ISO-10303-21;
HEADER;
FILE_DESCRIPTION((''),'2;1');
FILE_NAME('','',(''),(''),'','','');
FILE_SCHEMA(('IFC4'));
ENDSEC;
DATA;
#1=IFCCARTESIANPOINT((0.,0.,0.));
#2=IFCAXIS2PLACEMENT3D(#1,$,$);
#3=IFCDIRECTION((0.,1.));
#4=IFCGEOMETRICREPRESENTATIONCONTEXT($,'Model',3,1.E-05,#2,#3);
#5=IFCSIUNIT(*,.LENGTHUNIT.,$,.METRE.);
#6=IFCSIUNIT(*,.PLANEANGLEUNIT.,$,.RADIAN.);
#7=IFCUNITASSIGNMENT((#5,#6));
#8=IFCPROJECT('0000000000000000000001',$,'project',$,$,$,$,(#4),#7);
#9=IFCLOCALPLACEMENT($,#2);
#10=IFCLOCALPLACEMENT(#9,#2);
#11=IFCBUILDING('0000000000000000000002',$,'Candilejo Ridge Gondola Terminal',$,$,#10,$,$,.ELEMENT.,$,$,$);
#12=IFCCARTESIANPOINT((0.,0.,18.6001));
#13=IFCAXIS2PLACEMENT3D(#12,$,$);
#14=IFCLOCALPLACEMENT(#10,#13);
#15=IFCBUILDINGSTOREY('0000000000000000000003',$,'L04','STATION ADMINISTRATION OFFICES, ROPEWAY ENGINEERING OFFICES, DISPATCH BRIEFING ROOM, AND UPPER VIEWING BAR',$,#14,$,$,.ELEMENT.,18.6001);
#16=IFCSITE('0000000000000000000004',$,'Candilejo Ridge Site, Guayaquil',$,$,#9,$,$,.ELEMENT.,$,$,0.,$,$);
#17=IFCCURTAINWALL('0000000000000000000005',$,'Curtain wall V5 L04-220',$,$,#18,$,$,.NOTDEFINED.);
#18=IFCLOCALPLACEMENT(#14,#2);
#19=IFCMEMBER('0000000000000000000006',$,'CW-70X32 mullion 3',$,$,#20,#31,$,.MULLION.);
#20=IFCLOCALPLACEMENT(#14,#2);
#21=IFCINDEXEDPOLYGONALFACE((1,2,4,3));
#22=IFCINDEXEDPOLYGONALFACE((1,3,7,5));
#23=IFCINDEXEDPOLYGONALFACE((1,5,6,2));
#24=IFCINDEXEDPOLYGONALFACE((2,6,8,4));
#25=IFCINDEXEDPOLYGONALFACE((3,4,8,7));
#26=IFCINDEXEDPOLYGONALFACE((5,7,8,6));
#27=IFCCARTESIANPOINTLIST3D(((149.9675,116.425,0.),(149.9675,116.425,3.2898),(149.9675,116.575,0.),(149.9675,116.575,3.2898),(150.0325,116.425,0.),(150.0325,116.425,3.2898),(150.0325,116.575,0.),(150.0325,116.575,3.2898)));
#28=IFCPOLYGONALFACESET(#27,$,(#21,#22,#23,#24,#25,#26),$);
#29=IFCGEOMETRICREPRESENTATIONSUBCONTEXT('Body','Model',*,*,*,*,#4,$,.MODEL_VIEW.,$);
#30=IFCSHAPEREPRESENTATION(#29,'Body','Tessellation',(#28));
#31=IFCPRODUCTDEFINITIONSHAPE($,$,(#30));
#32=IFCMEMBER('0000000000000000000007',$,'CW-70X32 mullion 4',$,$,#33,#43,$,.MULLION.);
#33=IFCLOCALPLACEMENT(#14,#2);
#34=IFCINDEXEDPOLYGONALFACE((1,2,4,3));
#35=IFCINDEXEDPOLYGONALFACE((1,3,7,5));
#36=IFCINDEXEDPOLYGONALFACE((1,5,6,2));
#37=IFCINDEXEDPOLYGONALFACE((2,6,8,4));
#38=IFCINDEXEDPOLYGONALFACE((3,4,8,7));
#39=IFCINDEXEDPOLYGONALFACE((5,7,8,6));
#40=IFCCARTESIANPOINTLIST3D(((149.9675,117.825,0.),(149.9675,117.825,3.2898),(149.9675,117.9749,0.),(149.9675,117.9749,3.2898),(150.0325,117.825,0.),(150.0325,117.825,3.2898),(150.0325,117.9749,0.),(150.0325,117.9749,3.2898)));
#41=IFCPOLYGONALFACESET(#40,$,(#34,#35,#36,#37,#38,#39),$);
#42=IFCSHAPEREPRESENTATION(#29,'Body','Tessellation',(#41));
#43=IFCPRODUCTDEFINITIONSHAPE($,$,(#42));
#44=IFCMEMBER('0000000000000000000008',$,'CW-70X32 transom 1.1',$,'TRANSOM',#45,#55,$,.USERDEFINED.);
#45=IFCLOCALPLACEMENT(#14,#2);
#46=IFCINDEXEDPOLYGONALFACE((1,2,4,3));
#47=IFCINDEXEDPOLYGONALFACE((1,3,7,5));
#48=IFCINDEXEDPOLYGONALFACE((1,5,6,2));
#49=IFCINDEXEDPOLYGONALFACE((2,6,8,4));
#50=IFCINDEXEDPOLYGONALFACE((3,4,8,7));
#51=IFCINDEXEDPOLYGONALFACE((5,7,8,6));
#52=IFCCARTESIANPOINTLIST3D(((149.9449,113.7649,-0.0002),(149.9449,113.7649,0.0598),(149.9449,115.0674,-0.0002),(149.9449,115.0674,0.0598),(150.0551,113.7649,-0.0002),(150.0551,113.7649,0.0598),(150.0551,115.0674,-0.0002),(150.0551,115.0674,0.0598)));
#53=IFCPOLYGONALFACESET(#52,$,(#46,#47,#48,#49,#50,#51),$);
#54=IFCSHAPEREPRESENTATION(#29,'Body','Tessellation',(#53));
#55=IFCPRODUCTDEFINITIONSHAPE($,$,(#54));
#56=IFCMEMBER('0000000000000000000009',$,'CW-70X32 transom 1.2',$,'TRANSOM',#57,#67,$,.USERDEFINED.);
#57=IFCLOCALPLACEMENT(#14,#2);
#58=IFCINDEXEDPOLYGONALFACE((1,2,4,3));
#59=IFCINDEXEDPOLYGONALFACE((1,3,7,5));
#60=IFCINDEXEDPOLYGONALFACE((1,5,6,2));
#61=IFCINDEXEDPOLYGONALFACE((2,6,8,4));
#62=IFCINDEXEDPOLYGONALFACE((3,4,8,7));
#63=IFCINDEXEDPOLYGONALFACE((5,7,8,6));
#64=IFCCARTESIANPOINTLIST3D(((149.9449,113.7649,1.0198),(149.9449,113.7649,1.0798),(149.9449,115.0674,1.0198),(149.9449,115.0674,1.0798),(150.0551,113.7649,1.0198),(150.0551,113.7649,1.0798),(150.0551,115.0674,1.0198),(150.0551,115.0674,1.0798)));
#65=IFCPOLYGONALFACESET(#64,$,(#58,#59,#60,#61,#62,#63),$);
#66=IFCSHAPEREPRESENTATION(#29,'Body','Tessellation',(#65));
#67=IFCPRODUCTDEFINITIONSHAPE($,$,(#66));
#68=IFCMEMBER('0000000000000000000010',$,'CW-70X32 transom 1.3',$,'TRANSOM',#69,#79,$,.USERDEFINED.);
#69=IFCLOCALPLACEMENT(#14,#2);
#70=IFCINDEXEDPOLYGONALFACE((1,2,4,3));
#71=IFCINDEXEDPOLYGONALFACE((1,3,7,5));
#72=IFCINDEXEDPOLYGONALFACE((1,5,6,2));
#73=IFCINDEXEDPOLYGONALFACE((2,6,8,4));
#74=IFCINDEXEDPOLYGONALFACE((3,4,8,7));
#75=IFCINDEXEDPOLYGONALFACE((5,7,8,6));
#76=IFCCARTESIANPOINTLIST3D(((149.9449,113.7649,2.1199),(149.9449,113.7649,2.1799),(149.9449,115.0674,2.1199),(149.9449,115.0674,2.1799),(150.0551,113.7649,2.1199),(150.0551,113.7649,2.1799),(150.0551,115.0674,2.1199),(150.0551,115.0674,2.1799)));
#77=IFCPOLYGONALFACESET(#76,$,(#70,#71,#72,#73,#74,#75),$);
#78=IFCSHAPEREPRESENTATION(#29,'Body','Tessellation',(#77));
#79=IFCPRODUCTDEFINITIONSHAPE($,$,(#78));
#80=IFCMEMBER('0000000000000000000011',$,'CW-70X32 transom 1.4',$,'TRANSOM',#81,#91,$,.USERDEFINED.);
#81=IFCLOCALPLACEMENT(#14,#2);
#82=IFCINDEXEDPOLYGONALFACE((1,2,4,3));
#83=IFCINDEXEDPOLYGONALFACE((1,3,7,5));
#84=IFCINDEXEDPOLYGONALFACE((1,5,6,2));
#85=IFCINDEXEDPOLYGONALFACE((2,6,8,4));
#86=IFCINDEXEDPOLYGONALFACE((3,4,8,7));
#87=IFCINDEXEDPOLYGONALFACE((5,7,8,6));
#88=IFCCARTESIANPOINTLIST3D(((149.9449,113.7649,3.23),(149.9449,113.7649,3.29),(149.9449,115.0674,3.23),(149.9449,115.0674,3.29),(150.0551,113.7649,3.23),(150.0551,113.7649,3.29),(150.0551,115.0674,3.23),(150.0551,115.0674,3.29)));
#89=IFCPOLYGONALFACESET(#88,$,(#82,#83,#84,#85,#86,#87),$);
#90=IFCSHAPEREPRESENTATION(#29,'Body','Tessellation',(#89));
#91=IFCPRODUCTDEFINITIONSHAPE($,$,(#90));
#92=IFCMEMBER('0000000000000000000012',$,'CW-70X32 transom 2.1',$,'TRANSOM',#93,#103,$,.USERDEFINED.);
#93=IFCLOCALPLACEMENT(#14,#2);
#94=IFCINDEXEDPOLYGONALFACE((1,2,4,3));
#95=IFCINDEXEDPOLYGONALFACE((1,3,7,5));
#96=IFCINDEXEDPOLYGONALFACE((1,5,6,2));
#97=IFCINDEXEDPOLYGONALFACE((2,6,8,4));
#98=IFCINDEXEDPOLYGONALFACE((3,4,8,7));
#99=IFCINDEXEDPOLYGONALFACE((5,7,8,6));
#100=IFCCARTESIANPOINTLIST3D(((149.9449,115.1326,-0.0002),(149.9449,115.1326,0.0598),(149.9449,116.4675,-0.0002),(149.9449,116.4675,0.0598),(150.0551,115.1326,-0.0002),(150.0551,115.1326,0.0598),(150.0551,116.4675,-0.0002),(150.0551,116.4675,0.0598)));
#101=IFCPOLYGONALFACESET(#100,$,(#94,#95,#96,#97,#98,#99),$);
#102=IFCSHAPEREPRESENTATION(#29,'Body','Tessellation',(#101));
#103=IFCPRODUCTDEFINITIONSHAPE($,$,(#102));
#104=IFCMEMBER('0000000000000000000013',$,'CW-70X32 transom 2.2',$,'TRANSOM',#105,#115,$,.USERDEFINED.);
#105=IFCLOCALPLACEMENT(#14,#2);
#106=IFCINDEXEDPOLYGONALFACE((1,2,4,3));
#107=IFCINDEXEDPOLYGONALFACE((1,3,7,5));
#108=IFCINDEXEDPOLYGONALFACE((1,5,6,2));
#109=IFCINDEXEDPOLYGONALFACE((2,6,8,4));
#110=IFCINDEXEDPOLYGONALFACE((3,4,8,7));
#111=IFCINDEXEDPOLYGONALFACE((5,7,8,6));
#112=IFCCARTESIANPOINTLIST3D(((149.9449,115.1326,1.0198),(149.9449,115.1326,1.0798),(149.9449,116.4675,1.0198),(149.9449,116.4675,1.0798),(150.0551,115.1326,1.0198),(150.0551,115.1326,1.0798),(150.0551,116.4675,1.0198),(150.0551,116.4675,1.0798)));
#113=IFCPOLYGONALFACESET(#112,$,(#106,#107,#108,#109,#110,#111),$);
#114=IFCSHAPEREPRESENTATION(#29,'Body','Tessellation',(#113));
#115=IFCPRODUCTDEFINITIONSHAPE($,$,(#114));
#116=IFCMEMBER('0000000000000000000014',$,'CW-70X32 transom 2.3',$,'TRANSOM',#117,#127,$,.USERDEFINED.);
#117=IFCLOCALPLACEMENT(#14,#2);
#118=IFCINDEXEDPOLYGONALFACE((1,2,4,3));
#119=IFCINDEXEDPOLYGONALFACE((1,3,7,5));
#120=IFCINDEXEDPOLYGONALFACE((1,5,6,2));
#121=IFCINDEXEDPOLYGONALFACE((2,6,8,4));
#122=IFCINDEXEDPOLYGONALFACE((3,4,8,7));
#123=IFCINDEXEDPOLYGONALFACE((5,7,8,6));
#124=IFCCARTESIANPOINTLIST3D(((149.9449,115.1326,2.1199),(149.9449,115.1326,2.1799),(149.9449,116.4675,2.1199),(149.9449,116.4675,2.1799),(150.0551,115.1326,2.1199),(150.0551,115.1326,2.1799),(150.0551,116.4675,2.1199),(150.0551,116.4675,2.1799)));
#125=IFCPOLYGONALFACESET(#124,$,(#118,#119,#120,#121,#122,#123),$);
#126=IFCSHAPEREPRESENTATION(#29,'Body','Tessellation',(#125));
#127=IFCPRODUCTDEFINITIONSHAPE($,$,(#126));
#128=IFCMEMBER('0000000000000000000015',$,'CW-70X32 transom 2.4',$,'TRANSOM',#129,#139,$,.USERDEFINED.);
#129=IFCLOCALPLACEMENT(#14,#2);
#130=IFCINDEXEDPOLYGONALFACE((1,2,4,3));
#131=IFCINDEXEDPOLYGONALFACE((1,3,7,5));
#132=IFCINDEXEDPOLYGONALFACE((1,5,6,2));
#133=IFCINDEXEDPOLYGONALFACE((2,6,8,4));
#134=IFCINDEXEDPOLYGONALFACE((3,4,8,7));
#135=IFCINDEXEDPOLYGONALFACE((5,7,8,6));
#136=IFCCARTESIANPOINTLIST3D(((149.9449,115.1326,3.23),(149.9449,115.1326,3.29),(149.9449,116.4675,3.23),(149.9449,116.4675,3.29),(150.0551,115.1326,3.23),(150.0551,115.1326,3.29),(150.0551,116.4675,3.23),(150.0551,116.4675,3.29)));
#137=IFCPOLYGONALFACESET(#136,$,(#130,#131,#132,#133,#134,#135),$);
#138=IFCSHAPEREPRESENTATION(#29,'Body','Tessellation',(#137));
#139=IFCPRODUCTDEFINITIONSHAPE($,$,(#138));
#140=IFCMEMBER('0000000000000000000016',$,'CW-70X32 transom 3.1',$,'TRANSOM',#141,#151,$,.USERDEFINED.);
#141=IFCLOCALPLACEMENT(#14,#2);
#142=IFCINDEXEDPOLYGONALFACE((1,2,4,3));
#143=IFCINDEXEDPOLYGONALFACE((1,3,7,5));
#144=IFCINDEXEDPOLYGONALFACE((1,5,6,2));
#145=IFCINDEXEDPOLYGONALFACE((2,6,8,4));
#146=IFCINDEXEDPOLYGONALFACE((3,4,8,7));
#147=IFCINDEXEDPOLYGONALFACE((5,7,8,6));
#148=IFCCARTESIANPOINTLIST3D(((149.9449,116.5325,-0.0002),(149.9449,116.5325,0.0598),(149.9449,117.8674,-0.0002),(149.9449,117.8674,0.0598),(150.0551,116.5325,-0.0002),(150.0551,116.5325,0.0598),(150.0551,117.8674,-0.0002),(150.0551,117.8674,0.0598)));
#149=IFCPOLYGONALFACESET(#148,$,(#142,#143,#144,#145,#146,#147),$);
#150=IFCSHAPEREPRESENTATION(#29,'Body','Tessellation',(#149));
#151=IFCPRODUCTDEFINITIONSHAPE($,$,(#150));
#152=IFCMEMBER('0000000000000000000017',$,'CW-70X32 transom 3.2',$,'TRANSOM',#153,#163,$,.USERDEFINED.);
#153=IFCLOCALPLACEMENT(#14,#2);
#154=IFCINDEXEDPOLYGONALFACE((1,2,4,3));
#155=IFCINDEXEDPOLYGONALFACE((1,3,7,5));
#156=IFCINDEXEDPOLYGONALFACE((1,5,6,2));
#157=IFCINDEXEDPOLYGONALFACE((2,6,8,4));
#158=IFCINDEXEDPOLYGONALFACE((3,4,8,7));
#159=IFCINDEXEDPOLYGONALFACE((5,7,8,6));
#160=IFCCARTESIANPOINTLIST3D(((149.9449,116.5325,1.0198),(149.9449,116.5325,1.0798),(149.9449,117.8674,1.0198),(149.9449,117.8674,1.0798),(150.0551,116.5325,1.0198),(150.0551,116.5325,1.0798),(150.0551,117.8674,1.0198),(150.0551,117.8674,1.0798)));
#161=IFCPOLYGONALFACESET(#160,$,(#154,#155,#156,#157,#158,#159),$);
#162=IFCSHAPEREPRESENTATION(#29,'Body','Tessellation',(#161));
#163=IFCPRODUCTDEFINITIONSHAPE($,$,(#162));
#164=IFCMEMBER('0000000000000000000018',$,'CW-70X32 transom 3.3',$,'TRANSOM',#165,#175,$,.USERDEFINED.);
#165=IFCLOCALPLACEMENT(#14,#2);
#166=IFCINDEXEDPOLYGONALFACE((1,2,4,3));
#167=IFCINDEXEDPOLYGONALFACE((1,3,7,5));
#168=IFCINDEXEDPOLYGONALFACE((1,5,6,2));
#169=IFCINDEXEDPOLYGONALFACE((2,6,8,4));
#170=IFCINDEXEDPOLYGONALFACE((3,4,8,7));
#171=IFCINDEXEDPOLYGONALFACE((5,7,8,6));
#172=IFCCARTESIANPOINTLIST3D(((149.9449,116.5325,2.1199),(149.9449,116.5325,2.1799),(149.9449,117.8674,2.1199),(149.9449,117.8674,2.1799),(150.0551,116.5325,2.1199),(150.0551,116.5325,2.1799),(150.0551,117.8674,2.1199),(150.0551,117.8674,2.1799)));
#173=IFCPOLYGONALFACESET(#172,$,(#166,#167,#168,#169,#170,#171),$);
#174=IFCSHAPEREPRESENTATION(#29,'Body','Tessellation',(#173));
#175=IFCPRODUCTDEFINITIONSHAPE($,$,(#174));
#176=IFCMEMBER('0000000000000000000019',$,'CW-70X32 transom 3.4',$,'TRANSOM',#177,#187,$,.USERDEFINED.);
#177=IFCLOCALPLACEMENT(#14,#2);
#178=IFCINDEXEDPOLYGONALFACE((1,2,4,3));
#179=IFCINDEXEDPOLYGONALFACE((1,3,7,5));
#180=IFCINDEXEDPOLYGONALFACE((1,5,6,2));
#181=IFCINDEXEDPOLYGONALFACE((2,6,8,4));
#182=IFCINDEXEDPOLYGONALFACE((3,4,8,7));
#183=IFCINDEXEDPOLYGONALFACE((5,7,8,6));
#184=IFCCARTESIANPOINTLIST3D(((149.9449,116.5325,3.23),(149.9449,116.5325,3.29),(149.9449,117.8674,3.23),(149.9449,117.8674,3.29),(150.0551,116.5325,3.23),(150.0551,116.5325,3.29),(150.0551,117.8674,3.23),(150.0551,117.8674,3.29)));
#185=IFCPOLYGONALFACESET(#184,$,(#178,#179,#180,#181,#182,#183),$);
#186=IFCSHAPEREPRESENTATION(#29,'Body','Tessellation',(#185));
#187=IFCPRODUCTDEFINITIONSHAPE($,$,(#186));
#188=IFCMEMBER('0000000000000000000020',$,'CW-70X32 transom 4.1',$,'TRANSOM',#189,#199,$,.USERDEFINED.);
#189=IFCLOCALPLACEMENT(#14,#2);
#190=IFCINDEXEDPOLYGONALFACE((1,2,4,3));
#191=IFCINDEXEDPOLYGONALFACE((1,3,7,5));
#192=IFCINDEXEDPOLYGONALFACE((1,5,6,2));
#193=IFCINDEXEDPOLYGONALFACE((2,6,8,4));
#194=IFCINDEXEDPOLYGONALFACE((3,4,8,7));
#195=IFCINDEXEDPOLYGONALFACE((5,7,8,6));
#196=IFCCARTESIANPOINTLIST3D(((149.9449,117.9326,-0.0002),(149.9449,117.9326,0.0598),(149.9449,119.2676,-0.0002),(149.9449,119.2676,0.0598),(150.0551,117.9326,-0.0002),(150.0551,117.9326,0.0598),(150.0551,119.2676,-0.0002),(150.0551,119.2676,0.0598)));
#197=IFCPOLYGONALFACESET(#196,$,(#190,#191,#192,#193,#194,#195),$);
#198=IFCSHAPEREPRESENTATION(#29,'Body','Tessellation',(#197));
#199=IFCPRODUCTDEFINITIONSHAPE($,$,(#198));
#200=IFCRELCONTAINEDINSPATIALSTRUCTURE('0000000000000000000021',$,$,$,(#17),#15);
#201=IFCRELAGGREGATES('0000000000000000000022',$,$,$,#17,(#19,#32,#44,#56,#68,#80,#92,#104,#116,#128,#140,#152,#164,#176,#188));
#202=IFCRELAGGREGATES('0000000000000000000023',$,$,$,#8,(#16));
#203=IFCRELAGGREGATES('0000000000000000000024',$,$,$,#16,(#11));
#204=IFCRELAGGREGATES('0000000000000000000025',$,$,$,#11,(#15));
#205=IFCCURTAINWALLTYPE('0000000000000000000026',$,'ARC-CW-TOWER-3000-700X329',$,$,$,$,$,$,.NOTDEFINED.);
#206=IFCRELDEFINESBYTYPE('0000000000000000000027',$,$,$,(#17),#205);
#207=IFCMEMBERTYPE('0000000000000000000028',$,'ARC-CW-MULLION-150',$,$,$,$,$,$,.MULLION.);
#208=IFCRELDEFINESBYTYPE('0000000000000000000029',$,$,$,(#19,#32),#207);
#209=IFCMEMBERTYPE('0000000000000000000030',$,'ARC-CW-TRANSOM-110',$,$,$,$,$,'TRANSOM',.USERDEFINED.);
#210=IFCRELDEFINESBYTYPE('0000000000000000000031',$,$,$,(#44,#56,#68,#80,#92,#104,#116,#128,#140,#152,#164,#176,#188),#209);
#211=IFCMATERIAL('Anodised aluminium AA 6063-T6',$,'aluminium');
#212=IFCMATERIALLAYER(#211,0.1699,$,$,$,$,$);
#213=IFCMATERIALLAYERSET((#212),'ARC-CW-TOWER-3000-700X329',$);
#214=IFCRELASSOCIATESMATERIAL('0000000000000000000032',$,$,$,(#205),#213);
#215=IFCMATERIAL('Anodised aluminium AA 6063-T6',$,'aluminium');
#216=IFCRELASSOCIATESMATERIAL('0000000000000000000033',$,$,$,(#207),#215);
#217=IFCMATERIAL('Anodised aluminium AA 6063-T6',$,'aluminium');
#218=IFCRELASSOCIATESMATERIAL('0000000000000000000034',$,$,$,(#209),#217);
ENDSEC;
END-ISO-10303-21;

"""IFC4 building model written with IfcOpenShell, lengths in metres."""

from ifc_helpers import new_model, si_unit, direction, frame, origin, origin_2d, place, context, subcontext, project, spatial, rectangle, extrude, material, layer, layer_set, material_profile, profile_set, type_object, element, aggregate, save


model = new_model("IFC4")

# Units and contexts
model_context = context("Model", 3, precision=1e-05, world=origin(), true_north=direction((0.0, 1.0)))
body_context = subcontext(model_context, "Body", "Model", "MODEL_VIEW")
ifc_project = project(units=[si_unit("LENGTHUNIT", "METRE"), si_unit("PLANEANGLEUNIT", "RADIAN")], contexts=[model_context])

# Site, building, storey
site_placement = place(None, origin())
site = spatial("IfcSite", under=ifc_project, at=site_placement, Name="Candilejo Ridge Site, Guayaquil", CompositionType="ELEMENT", RefElevation=0.0)
building_placement = place(site_placement, origin())
building = spatial("IfcBuilding", under=site, at=building_placement, Name="Candilejo Ridge Gondola Terminal", CompositionType="ELEMENT")
storey_placement = place(building_placement, frame((0.0, 0.0, 18.6001)))
storey = spatial("IfcBuildingStorey", under=building, at=storey_placement, Name="L04", Description="STATION ADMINISTRATION OFFICES, ROPEWAY ENGINEERING OFFICES, DISPATCH BRIEFING ROOM, AND UPPER VIEWING BAR", CompositionType="ELEMENT", Elevation=18.6001)

# Curtain wall, members
ifc_material_1 = material(Name="Anodised aluminium AA 6063-T6", Category="aluminium")
ifc_layer_1 = layer(ifc_material_1, 0.1699)
ifc_layer_set_1 = layer_set([ifc_layer_1], Name="ARC-CW-TOWER-3000-700X329")
curtain_wall_type = type_object("IfcCurtainWallType", Name="ARC-CW-TOWER-3000-700X329", PredefinedType="NOTDEFINED", material=ifc_layer_set_1)
curtain_wall_placement = place(storey_placement, origin())
curtain_wall = element("IfcCurtainWall", 1, at=curtain_wall_placement, inside=storey, type_object=curtain_wall_type, Name="Curtain wall V5 L04-220", PredefinedType="NOTDEFINED")
ifc_material_2 = material(Name="Anodised aluminium AA 6063-T6", Category="aluminium")
ifc_material_profile_1 = material_profile(ifc_material_2, rectangle(XDim=0.0649, YDim=0.1499, at=origin_2d()))
ifc_profile_set_1 = profile_set([ifc_material_profile_1], Name="Anodised aluminium AA 6063-T6")
member_type_1 = type_object("IfcMemberType", Name="ARC-CW-MULLION-150", PredefinedType="MULLION", material=ifc_profile_set_1)
member_1_placement = place(storey_placement, frame((150.0, 116.5, 0.0), z_axis=(0.0, 0.0, 1.0), x_axis=(-1.0, 0.0, 0.0)))
member_1 = element("IfcMember", 2, at=member_1_placement, type_object=member_type_1, Name="CW-70X32 mullion 3", PredefinedType="MULLION", context=body_context, shape_type="SweptSolid", body=[
    extrude(rectangle(XDim=0.0649, YDim=0.1499, at=origin_2d()), origin(), (0.0, 0.0, 1.0), 3.2898),
])
member_2_placement = place(storey_placement, frame((150.0, 117.8999, 0.0), z_axis=(0.0, 0.0, 1.0), x_axis=(-1.0, 0.0, 0.0)))
member_2 = element("IfcMember", 3, at=member_2_placement, type_object=member_type_1, Name="CW-70X32 mullion 4", PredefinedType="MULLION", context=body_context, shape_type="SweptSolid", body=[
    extrude(rectangle(XDim=0.0649, YDim=0.1499, at=origin_2d()), origin(), (0.0, 0.0, 1.0), 3.2898),
])
ifc_material_3 = material(Name="Anodised aluminium AA 6063-T6", Category="aluminium")
ifc_material_profile_2 = material_profile(ifc_material_3, rectangle(XDim=0.1101, YDim=0.0601, at=origin_2d()))
ifc_profile_set_2 = profile_set([ifc_material_profile_2], Name="Anodised aluminium AA 6063-T6")
member_type_2 = type_object("IfcMemberType", Name="ARC-CW-TRANSOM-110", ElementType="TRANSOM", PredefinedType="USERDEFINED", material=ifc_profile_set_2)
member_3_placement = place(storey_placement, frame((150.0, 113.7649, 0.0298), z_axis=(0.0, 1.0, 0.0), x_axis=(-1.0, 0.0, 0.0)))
member_3 = element("IfcMember", 4, at=member_3_placement, type_object=member_type_2, Name="CW-70X32 transom 1.1", ObjectType="TRANSOM", PredefinedType="USERDEFINED", context=body_context, shape_type="SweptSolid", body=[
    extrude(rectangle(XDim=0.1101, YDim=0.0601, at=origin_2d()), origin(), (0.0, 0.0, 1.0), 1.3025),
])
member_4_placement = place(storey_placement, frame((150.0, 113.7649, 1.0498), z_axis=(0.0, 1.0, 0.0), x_axis=(-1.0, 0.0, 0.0)))
member_4 = element("IfcMember", 5, at=member_4_placement, type_object=member_type_2, Name="CW-70X32 transom 1.2", ObjectType="TRANSOM", PredefinedType="USERDEFINED", context=body_context, shape_type="SweptSolid", body=[
    extrude(rectangle(XDim=0.1101, YDim=0.0601, at=origin_2d()), origin(), (0.0, 0.0, 1.0), 1.3025),
])
member_5_placement = place(storey_placement, frame((150.0, 113.7649, 2.1499), z_axis=(0.0, 1.0, 0.0), x_axis=(-1.0, 0.0, 0.0)))
member_5 = element("IfcMember", 6, at=member_5_placement, type_object=member_type_2, Name="CW-70X32 transom 1.3", ObjectType="TRANSOM", PredefinedType="USERDEFINED", context=body_context, shape_type="SweptSolid", body=[
    extrude(rectangle(XDim=0.1101, YDim=0.0601, at=origin_2d()), origin(), (0.0, 0.0, 1.0), 1.3025),
])
member_6_placement = place(storey_placement, frame((150.0, 113.7649, 3.26), z_axis=(0.0, 1.0, 0.0), x_axis=(-1.0, 0.0, 0.0)))
member_6 = element("IfcMember", 7, at=member_6_placement, type_object=member_type_2, Name="CW-70X32 transom 1.4", ObjectType="TRANSOM", PredefinedType="USERDEFINED", context=body_context, shape_type="SweptSolid", body=[
    extrude(rectangle(XDim=0.1101, YDim=0.0601, at=origin_2d()), origin(), (0.0, 0.0, 1.0), 1.3025),
])
member_7_placement = place(storey_placement, frame((150.0, 115.1326, 0.0298), z_axis=(0.0, 1.0, 0.0), x_axis=(-1.0, 0.0, 0.0)))
member_7 = element("IfcMember", 8, at=member_7_placement, type_object=member_type_2, Name="CW-70X32 transom 2.1", ObjectType="TRANSOM", PredefinedType="USERDEFINED", context=body_context, shape_type="SweptSolid", body=[
    extrude(rectangle(XDim=0.1101, YDim=0.0601, at=origin_2d()), origin(), (0.0, 0.0, 1.0), 1.335),
])
member_8_placement = place(storey_placement, frame((150.0, 115.1326, 1.0498), z_axis=(0.0, 1.0, 0.0), x_axis=(-1.0, 0.0, 0.0)))
member_8 = element("IfcMember", 9, at=member_8_placement, type_object=member_type_2, Name="CW-70X32 transom 2.2", ObjectType="TRANSOM", PredefinedType="USERDEFINED", context=body_context, shape_type="SweptSolid", body=[
    extrude(rectangle(XDim=0.1101, YDim=0.0601, at=origin_2d()), origin(), (0.0, 0.0, 1.0), 1.335),
])
member_9_placement = place(storey_placement, frame((150.0, 115.1326, 2.1499), z_axis=(0.0, 1.0, 0.0), x_axis=(-1.0, 0.0, 0.0)))
member_9 = element("IfcMember", 10, at=member_9_placement, type_object=member_type_2, Name="CW-70X32 transom 2.3", ObjectType="TRANSOM", PredefinedType="USERDEFINED", context=body_context, shape_type="SweptSolid", body=[
    extrude(rectangle(XDim=0.1101, YDim=0.0601, at=origin_2d()), origin(), (0.0, 0.0, 1.0), 1.335),
])
member_10_placement = place(storey_placement, frame((150.0, 115.1326, 3.26), z_axis=(0.0, 1.0, 0.0), x_axis=(-1.0, 0.0, 0.0)))
member_10 = element("IfcMember", 11, at=member_10_placement, type_object=member_type_2, Name="CW-70X32 transom 2.4", ObjectType="TRANSOM", PredefinedType="USERDEFINED", context=body_context, shape_type="SweptSolid", body=[
    extrude(rectangle(XDim=0.1101, YDim=0.0601, at=origin_2d()), origin(), (0.0, 0.0, 1.0), 1.335),
])
member_11_placement = place(storey_placement, frame((150.0, 116.5325, 0.0298), z_axis=(0.0, 1.0, 0.0), x_axis=(-1.0, 0.0, 0.0)))
member_11 = element("IfcMember", 12, at=member_11_placement, type_object=member_type_2, Name="CW-70X32 transom 3.1", ObjectType="TRANSOM", PredefinedType="USERDEFINED", context=body_context, shape_type="SweptSolid", body=[
    extrude(rectangle(XDim=0.1101, YDim=0.0601, at=origin_2d()), origin(), (0.0, 0.0, 1.0), 1.335),
])
member_12_placement = place(storey_placement, frame((150.0, 116.5325, 1.0498), z_axis=(0.0, 1.0, 0.0), x_axis=(-1.0, 0.0, 0.0)))
member_12 = element("IfcMember", 13, at=member_12_placement, type_object=member_type_2, Name="CW-70X32 transom 3.2", ObjectType="TRANSOM", PredefinedType="USERDEFINED", context=body_context, shape_type="SweptSolid", body=[
    extrude(rectangle(XDim=0.1101, YDim=0.0601, at=origin_2d()), origin(), (0.0, 0.0, 1.0), 1.335),
])
member_13_placement = place(storey_placement, frame((150.0, 116.5325, 2.1499), z_axis=(0.0, 1.0, 0.0), x_axis=(-1.0, 0.0, 0.0)))
member_13 = element("IfcMember", 14, at=member_13_placement, type_object=member_type_2, Name="CW-70X32 transom 3.3", ObjectType="TRANSOM", PredefinedType="USERDEFINED", context=body_context, shape_type="SweptSolid", body=[
    extrude(rectangle(XDim=0.1101, YDim=0.0601, at=origin_2d()), origin(), (0.0, 0.0, 1.0), 1.335),
])
member_14_placement = place(storey_placement, frame((150.0, 116.5325, 3.26), z_axis=(0.0, 1.0, 0.0), x_axis=(-1.0, 0.0, 0.0)))
member_14 = element("IfcMember", 15, at=member_14_placement, type_object=member_type_2, Name="CW-70X32 transom 3.4", ObjectType="TRANSOM", PredefinedType="USERDEFINED", context=body_context, shape_type="SweptSolid", body=[
    extrude(rectangle(XDim=0.1101, YDim=0.0601, at=origin_2d()), origin(), (0.0, 0.0, 1.0), 1.335),
])
member_15_placement = place(storey_placement, frame((150.0, 117.9326, 0.0298), z_axis=(0.0, 1.0, 0.0), x_axis=(-1.0, 0.0, 0.0)))
member_15 = element("IfcMember", 16, at=member_15_placement, type_object=member_type_2, Name="CW-70X32 transom 4.1", ObjectType="TRANSOM", PredefinedType="USERDEFINED", context=body_context, shape_type="SweptSolid", body=[
    extrude(rectangle(XDim=0.1101, YDim=0.0601, at=origin_2d()), origin(), (0.0, 0.0, 1.0), 1.335),
])
aggregate(curtain_wall, [member_1, member_2, member_3, member_4, member_5, member_6, member_7, member_8, member_9, member_10, member_11, member_12, member_13, member_14, member_15])

save(model, "model.ifc")
